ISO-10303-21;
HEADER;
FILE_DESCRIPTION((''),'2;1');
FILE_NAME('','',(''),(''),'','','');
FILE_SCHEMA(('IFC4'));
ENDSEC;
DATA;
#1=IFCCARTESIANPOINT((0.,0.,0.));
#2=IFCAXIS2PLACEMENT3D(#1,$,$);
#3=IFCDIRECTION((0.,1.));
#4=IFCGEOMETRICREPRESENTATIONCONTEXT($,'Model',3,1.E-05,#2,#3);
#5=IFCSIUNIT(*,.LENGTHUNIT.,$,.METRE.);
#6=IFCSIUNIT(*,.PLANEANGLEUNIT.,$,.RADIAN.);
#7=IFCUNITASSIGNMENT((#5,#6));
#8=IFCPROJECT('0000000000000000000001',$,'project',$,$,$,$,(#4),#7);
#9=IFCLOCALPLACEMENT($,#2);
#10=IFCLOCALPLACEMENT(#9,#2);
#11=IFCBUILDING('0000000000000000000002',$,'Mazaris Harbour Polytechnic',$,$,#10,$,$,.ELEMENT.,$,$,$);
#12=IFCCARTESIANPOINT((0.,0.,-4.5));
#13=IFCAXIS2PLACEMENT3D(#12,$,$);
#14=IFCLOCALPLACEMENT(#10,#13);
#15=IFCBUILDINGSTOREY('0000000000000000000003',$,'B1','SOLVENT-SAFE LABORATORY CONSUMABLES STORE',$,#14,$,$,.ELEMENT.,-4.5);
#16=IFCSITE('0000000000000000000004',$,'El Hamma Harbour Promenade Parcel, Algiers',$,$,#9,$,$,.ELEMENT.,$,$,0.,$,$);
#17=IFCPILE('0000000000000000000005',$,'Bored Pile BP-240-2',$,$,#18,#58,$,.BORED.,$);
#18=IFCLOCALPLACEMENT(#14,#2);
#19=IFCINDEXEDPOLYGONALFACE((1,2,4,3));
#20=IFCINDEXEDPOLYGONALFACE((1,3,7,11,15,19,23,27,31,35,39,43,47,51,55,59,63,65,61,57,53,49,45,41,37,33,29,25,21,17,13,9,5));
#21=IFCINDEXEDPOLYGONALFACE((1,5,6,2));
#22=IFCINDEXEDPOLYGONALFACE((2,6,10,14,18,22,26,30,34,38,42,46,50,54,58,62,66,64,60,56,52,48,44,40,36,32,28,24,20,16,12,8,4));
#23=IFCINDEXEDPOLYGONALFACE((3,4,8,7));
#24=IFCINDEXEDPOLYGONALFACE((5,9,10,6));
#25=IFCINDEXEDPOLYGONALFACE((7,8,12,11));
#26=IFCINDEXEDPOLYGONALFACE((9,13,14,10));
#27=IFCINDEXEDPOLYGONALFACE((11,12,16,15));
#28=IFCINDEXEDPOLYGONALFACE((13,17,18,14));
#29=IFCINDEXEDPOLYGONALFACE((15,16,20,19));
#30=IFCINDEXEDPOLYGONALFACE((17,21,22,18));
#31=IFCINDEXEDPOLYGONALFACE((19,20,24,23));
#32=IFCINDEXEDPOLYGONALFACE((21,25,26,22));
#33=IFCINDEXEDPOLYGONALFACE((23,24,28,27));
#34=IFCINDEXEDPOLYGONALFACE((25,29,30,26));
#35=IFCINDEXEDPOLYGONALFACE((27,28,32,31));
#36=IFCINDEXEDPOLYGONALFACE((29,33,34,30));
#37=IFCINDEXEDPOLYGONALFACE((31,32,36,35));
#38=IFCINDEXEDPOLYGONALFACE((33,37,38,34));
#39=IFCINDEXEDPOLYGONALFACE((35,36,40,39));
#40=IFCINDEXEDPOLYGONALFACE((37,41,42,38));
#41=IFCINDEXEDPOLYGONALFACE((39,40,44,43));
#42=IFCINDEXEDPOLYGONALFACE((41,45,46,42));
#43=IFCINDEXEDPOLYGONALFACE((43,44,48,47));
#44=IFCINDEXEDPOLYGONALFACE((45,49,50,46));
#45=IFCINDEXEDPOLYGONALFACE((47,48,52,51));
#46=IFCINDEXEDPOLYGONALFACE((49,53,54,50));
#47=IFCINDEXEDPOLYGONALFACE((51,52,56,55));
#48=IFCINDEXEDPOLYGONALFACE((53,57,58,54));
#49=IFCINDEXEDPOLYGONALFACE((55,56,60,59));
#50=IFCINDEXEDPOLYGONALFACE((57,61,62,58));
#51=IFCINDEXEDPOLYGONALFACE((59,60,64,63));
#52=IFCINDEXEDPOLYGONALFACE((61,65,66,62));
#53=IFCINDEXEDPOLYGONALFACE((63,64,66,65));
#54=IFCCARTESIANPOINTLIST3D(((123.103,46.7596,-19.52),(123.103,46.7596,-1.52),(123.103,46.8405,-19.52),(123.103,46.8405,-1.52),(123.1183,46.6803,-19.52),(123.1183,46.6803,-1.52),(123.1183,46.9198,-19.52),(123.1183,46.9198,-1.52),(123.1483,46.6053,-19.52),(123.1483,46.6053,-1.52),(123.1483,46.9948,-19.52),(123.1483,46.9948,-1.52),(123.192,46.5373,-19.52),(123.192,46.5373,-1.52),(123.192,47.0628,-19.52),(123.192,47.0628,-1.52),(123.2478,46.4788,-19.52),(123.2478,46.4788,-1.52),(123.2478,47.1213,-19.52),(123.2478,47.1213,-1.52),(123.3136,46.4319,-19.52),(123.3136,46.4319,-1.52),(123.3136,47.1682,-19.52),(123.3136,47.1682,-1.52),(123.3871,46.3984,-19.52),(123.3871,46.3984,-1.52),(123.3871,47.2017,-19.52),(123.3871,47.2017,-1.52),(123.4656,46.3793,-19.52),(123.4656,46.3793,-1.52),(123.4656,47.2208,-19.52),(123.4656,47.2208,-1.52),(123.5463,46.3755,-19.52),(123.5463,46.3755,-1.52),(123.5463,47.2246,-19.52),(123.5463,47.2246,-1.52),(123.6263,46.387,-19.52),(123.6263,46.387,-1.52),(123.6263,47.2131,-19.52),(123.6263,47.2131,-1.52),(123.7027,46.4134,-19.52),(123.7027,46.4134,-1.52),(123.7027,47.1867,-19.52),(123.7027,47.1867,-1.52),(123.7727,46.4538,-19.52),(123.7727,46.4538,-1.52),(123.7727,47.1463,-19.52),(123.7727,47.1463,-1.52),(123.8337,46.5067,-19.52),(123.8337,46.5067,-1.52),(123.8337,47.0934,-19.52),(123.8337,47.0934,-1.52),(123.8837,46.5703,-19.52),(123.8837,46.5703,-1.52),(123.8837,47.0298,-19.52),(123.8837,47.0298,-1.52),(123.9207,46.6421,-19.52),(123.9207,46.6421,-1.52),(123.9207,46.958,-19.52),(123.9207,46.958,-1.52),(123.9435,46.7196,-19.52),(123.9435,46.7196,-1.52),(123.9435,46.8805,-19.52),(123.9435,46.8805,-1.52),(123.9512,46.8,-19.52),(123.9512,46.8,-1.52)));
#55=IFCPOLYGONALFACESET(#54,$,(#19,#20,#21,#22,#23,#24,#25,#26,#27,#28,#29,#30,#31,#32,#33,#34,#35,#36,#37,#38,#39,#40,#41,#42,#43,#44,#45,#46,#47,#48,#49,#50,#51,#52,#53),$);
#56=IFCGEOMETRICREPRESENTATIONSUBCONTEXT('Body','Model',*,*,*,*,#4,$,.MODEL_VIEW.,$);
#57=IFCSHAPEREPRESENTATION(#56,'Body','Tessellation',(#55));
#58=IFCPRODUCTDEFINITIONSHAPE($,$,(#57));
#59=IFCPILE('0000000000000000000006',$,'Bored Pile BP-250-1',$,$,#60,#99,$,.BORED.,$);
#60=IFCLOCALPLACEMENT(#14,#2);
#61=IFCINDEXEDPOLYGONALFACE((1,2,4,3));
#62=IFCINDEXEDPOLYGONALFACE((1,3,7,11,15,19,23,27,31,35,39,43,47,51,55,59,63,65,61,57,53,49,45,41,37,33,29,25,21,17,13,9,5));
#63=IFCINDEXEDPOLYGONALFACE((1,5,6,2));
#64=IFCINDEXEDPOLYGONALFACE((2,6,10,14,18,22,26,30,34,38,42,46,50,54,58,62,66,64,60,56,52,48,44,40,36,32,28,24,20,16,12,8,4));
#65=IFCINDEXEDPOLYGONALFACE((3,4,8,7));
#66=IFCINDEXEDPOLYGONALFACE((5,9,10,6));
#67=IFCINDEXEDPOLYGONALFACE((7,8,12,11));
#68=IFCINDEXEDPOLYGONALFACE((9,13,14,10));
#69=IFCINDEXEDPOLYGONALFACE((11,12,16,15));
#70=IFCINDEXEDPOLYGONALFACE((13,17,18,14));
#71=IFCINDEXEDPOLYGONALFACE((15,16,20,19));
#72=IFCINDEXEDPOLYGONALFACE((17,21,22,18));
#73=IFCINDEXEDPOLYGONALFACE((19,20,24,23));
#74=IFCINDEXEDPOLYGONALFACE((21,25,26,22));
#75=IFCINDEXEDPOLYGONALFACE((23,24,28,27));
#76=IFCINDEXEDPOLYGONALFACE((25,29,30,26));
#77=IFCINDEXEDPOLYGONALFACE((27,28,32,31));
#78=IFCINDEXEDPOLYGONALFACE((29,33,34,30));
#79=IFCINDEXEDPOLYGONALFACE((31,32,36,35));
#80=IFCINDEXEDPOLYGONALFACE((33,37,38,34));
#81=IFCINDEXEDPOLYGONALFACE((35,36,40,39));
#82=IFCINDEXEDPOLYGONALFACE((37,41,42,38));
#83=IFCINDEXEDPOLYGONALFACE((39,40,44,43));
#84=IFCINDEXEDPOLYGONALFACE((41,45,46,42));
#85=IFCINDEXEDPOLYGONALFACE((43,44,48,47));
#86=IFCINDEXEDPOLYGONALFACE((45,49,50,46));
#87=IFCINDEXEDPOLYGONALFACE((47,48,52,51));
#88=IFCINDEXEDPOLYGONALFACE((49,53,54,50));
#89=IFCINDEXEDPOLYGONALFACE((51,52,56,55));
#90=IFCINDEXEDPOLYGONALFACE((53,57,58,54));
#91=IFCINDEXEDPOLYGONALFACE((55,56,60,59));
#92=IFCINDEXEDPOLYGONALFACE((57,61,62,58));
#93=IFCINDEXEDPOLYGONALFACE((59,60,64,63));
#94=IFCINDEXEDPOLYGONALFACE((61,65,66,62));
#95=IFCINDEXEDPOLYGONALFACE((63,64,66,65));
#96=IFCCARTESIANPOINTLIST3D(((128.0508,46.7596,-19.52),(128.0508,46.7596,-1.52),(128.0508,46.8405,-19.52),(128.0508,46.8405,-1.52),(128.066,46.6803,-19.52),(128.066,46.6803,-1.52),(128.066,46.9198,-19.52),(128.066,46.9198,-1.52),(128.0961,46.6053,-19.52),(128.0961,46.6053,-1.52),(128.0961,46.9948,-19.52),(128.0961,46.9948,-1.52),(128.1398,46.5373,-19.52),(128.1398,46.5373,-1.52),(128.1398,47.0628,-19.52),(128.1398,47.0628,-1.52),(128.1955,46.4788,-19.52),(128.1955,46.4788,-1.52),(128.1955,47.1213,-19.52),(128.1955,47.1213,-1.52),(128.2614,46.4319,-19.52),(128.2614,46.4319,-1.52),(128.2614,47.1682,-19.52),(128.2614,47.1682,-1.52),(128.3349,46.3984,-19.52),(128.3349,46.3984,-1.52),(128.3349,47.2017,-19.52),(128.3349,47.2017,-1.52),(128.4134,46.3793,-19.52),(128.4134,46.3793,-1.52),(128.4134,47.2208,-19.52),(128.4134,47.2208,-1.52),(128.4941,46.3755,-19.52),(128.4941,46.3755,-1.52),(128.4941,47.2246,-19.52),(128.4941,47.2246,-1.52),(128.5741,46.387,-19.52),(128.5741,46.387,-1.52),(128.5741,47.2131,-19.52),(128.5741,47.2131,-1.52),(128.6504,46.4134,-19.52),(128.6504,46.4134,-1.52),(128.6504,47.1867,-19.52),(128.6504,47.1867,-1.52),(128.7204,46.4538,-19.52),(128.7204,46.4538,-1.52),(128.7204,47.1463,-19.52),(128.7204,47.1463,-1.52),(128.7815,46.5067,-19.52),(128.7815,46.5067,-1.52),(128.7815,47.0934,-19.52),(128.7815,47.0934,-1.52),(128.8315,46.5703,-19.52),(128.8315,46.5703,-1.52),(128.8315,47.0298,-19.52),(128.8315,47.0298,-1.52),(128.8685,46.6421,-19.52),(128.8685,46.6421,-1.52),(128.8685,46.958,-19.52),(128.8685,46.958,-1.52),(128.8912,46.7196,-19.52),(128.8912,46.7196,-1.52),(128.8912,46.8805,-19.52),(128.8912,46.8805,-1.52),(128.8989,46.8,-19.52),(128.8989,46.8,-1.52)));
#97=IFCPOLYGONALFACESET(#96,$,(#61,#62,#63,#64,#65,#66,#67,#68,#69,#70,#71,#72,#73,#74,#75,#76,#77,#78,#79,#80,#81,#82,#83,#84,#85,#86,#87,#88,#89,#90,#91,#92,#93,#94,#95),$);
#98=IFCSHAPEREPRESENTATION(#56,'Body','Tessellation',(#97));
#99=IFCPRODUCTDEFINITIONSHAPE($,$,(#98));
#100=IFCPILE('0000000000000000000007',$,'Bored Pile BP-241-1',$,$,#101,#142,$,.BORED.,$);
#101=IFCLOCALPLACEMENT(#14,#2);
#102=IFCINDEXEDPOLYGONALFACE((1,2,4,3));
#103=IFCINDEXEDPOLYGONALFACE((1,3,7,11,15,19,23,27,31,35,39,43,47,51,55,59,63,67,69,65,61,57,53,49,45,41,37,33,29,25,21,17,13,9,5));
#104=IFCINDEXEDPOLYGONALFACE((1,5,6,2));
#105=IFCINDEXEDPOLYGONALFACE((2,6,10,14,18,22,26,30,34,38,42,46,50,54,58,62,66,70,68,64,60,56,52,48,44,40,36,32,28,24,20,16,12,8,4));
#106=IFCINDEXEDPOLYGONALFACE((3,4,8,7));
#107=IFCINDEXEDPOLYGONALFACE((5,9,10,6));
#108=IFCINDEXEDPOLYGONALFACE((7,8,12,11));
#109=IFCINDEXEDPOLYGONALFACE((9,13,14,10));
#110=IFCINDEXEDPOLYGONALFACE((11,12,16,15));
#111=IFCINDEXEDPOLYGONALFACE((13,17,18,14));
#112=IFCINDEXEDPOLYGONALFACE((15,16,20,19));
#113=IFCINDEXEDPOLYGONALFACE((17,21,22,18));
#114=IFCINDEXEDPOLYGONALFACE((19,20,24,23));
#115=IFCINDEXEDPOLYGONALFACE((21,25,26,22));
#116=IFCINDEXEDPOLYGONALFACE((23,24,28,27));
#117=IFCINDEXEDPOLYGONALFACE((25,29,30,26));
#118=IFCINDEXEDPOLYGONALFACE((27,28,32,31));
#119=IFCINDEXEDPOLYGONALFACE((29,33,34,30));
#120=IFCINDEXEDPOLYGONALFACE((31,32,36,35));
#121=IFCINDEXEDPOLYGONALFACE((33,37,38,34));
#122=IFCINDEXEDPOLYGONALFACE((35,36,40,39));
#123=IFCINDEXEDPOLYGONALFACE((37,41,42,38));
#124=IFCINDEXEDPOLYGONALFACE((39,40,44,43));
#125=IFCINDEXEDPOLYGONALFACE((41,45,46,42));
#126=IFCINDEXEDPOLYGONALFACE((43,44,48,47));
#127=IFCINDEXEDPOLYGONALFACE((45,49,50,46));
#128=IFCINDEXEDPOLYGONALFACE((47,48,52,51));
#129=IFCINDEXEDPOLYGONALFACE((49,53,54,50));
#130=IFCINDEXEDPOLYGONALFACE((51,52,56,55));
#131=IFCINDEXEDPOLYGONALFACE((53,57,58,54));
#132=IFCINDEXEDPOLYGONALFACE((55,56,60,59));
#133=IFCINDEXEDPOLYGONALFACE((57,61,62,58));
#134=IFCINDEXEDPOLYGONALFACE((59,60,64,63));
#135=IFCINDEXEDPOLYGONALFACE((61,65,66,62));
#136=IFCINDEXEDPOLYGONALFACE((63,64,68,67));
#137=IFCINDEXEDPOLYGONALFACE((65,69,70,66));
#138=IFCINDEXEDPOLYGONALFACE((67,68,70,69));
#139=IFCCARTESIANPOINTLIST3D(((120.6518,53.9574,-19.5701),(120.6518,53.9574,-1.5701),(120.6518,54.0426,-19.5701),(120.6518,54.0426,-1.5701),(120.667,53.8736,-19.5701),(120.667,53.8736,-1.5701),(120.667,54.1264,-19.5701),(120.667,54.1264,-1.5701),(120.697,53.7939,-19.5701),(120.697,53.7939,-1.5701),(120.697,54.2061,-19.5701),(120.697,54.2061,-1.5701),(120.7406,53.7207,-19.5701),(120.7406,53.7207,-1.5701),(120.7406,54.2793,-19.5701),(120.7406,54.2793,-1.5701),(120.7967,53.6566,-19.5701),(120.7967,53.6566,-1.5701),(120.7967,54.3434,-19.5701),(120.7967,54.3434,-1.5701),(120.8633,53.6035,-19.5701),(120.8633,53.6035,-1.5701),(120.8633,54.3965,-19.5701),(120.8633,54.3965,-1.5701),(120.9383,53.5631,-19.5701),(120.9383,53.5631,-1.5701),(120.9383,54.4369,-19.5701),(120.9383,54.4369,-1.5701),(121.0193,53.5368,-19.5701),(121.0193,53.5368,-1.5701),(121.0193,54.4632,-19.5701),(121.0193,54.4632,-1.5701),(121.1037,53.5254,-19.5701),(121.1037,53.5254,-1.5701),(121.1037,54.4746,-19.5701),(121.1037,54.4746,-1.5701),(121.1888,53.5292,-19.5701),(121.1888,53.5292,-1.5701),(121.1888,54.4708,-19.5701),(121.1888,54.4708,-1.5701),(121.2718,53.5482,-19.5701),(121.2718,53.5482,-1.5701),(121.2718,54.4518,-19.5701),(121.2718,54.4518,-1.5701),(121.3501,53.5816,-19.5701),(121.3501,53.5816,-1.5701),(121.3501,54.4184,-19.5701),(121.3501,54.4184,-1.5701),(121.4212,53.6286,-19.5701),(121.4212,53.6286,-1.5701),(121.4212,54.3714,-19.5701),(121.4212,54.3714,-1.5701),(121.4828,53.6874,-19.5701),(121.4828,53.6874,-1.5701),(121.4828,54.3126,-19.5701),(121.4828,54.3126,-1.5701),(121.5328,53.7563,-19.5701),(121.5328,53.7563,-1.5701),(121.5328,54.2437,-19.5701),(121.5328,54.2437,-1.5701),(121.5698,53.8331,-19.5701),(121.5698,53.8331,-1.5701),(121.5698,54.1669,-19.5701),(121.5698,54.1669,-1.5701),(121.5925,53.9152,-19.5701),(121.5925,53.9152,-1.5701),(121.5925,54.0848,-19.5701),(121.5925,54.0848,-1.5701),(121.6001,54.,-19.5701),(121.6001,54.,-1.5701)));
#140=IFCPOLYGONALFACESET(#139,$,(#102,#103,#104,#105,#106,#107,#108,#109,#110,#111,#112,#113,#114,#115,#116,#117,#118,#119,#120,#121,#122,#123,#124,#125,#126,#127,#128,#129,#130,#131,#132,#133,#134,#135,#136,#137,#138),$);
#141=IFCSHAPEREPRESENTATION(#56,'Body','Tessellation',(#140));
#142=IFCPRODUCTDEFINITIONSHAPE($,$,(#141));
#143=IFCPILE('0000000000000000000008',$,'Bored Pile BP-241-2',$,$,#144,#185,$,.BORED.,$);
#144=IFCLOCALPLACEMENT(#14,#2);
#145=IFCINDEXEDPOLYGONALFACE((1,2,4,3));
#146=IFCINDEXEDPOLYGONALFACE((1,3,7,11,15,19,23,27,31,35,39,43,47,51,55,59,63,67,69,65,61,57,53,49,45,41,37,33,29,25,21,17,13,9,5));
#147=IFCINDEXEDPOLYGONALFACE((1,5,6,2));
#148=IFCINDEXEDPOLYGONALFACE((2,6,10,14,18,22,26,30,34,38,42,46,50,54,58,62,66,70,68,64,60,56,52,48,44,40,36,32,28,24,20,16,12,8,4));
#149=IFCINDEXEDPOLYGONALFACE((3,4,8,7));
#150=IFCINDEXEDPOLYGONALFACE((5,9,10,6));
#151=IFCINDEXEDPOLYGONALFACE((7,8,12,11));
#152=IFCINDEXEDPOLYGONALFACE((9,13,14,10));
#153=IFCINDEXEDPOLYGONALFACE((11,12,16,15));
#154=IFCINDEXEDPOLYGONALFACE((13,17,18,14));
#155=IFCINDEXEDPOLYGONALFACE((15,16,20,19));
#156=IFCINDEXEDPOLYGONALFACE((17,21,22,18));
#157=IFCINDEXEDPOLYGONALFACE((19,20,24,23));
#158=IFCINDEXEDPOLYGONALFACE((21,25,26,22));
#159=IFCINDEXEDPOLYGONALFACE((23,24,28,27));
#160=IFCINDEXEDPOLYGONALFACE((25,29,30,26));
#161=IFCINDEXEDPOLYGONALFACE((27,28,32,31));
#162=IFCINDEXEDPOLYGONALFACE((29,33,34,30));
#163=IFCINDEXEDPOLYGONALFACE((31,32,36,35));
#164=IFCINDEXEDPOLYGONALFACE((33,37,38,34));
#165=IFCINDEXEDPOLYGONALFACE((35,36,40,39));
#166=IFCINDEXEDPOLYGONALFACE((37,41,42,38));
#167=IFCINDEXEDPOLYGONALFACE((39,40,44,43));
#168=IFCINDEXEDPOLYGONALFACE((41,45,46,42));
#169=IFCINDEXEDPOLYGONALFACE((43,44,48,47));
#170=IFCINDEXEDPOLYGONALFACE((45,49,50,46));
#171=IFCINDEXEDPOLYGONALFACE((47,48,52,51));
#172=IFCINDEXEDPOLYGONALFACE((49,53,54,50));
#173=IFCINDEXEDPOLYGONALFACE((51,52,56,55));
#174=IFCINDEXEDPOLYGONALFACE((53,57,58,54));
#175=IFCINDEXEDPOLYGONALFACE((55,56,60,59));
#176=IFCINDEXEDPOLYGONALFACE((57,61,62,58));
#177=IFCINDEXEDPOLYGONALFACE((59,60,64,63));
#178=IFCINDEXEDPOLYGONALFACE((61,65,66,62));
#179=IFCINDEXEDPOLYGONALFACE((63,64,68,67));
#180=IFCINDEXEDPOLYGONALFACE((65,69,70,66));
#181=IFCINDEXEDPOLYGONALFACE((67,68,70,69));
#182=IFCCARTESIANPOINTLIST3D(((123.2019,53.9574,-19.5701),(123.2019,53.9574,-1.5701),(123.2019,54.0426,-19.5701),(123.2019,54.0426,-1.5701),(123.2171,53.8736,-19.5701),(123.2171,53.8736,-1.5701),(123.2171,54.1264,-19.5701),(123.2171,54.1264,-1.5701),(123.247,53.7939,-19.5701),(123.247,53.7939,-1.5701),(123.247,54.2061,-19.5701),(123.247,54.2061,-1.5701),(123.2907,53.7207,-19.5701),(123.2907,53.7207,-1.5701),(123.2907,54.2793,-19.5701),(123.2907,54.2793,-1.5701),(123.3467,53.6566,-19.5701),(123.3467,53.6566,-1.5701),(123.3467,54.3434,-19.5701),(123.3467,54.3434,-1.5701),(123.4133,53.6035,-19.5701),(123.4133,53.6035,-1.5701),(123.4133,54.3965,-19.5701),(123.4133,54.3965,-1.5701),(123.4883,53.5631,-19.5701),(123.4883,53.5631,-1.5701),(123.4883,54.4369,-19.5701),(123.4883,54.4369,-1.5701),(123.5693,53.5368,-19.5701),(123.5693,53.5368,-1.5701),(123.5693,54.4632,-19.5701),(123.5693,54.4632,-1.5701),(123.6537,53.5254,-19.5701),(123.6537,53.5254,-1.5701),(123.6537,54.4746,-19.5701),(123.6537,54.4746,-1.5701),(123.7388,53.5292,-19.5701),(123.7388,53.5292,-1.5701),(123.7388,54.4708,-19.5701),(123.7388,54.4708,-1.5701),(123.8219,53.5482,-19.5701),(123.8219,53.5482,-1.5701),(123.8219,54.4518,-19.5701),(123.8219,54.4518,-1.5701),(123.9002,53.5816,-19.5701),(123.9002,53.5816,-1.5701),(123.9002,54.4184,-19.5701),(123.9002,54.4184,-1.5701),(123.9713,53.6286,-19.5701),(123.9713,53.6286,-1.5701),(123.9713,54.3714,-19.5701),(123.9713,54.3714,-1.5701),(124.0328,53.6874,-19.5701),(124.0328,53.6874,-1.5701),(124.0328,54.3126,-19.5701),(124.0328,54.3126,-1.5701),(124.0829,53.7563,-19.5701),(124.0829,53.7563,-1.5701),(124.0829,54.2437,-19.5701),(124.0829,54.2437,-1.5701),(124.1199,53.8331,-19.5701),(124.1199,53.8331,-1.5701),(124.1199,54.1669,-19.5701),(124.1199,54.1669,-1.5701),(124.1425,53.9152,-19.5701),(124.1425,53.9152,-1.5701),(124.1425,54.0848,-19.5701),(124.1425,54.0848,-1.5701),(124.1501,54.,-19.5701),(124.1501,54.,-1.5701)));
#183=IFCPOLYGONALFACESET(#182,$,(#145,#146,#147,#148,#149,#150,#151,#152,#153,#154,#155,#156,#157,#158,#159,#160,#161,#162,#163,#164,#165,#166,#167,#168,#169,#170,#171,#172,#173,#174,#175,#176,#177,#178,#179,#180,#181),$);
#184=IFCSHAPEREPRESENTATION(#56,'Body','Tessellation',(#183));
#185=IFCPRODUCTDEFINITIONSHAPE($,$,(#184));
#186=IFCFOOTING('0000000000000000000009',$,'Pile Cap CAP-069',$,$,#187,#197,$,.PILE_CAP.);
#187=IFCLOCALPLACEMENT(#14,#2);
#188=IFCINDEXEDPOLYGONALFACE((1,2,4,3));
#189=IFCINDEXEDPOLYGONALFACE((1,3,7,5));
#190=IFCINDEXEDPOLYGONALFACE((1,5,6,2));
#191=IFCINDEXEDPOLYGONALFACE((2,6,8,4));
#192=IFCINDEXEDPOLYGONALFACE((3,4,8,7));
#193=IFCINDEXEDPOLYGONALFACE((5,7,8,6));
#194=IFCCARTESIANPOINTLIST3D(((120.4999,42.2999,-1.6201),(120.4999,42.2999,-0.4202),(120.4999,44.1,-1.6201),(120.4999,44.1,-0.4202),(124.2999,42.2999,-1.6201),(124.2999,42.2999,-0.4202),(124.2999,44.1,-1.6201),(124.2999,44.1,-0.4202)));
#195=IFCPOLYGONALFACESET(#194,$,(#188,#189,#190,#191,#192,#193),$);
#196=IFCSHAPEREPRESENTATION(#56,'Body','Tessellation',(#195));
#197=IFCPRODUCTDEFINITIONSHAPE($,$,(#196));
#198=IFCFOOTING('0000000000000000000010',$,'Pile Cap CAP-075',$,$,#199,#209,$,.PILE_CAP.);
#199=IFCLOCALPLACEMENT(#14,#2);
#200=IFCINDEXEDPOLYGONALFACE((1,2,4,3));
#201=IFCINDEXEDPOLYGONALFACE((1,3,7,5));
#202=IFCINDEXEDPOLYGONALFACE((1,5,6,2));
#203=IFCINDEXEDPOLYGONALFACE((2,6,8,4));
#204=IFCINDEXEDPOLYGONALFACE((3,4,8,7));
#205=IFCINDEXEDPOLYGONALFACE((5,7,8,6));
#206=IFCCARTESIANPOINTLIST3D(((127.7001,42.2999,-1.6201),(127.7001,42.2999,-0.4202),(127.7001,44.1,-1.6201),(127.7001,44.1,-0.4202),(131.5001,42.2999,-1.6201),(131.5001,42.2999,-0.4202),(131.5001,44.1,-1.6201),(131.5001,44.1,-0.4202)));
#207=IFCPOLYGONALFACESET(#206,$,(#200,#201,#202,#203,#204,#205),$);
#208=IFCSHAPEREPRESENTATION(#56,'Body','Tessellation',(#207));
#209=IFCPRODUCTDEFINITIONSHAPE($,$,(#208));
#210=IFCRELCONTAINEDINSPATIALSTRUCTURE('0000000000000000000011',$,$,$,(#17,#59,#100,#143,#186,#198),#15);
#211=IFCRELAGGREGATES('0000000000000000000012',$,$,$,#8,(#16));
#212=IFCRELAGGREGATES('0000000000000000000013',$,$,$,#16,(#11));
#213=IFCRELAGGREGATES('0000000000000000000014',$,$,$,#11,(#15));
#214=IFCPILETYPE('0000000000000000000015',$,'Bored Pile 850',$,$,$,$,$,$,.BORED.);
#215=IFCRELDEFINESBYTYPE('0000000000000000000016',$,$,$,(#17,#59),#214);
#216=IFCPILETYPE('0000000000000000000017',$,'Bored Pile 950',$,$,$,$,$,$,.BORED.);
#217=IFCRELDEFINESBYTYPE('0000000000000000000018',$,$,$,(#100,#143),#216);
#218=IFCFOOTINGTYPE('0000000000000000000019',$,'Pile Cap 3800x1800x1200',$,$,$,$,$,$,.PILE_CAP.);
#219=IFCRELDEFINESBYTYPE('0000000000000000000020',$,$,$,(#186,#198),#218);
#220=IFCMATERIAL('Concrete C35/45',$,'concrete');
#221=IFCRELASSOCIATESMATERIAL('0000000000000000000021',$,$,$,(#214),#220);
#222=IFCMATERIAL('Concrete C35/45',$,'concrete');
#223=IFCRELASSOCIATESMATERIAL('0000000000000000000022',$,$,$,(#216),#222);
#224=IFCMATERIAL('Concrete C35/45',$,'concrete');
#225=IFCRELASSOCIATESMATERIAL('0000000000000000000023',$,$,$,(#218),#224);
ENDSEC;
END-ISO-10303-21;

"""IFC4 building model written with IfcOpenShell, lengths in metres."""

from ifc_helpers import new_model, si_unit, direction, frame, origin, origin_2d, place, context, subcontext, project, spatial, rectangle, circle, extrude, material, material_profile, profile_set, type_object, element, save


model = new_model("IFC4")

# Units and contexts
model_context = context("Model", 3, precision=1e-05, world=origin(), true_north=direction((0.0, 1.0)))
body_context = subcontext(model_context, "Body", "Model", "MODEL_VIEW")
ifc_project = project(units=[si_unit("LENGTHUNIT", "METRE"), si_unit("PLANEANGLEUNIT", "RADIAN")], contexts=[model_context])

# Site, building, storey
site_placement = place(None, origin())
site = spatial("IfcSite", under=ifc_project, at=site_placement, Name="El Hamma Harbour Promenade Parcel, Algiers", CompositionType="ELEMENT", RefElevation=0.0)
building_placement = place(site_placement, origin())
building = spatial("IfcBuilding", under=site, at=building_placement, Name="Mazaris Harbour Polytechnic", CompositionType="ELEMENT")
storey_placement = place(building_placement, frame((0.0, 0.0, -4.5)))
storey = spatial("IfcBuildingStorey", under=building, at=storey_placement, Name="B1", Description="SOLVENT-SAFE LABORATORY CONSUMABLES STORE", CompositionType="ELEMENT", Elevation=-4.5)

# Piles
ifc_material_1 = material(Name="Concrete C35/45", Category="concrete")
ifc_material_profile_1 = material_profile(ifc_material_1, circle(Radius=0.425, at=origin_2d()), Name="DIA850")
ifc_profile_set_1 = profile_set([ifc_material_profile_1], Name="Concrete C35/45")
pile_type_1 = type_object("IfcPileType", Name="Bored Pile 850", PredefinedType="BORED", material=ifc_profile_set_1)
for number, where, z_axis, x_axis, name in (
    (1, (123.5261, 46.8, -1.52), (0.0, 0.0, -1.0), (1.0, 0.0, 0.0), "Bored Pile BP-240-2"),
    (2, (128.4739, 46.8, -1.52), (0.0, 0.0, -1.0), (1.0, 0.0, 0.0), "Bored Pile BP-250-1"),
):
    element("IfcPile", number, at=place(storey_placement, frame(where, z_axis=z_axis, x_axis=x_axis)), inside=storey, type_object=pile_type_1, Name=name, PredefinedType="BORED", context=body_context, shape_type="SweptSolid", body=[
        extrude(circle(Radius=0.425, at=origin_2d()), origin(), (0.0, 0.0, 1.0), 18.0),
    ])
ifc_material_2 = material(Name="Concrete C35/45", Category="concrete")
ifc_material_profile_2 = material_profile(ifc_material_2, circle(Radius=0.4751, at=origin_2d()), Name="DIA950")
ifc_profile_set_2 = profile_set([ifc_material_profile_2], Name="Concrete C35/45")
pile_type_2 = type_object("IfcPileType", Name="Bored Pile 950", PredefinedType="BORED", material=ifc_profile_set_2)
for number, where, z_axis, x_axis, name in (
    (3, (121.125, 54.0, -1.5701), (0.0, 0.0, -1.0), (1.0, 0.0, 0.0), "Bored Pile BP-241-1"),
    (4, (123.675, 54.0, -1.5701), (0.0, 0.0, -1.0), (1.0, 0.0, 0.0), "Bored Pile BP-241-2"),
):
    element("IfcPile", number, at=place(storey_placement, frame(where, z_axis=z_axis, x_axis=x_axis)), inside=storey, type_object=pile_type_2, Name=name, PredefinedType="BORED", context=body_context, shape_type="SweptSolid", body=[
        extrude(circle(Radius=0.4751, at=origin_2d()), origin(), (0.0, 0.0, 1.0), 18.0),
    ])

# Footings
ifc_material_3 = material(Name="Concrete C35/45", Category="concrete")
footing_type_1 = type_object("IfcFootingType", Name="Pile Cap 3800x1800x1200", PredefinedType="PILE_CAP", material=ifc_material_3)
for number, where, z_axis, x_axis, name in (
    (5, (122.3999, 43.2, -1.6201), (0.0, 0.0, 1.0), (1.0, 0.0, 0.0), "Pile Cap CAP-069"),
    (6, (129.6001, 43.2, -1.6201), (0.0, 0.0, 1.0), (1.0, 0.0, 0.0), "Pile Cap CAP-075"),
):
    element("IfcFooting", number, at=place(storey_placement, frame(where, z_axis=z_axis, x_axis=x_axis)), inside=storey, type_object=footing_type_1, Name=name, PredefinedType="PILE_CAP", context=body_context, shape_type="SweptSolid", body=[
        extrude(rectangle(XDim=3.8, YDim=1.8, at=origin_2d()), origin(), (0.0, 0.0, 1.0), 1.2),
    ])

save(model, "model.ifc")
